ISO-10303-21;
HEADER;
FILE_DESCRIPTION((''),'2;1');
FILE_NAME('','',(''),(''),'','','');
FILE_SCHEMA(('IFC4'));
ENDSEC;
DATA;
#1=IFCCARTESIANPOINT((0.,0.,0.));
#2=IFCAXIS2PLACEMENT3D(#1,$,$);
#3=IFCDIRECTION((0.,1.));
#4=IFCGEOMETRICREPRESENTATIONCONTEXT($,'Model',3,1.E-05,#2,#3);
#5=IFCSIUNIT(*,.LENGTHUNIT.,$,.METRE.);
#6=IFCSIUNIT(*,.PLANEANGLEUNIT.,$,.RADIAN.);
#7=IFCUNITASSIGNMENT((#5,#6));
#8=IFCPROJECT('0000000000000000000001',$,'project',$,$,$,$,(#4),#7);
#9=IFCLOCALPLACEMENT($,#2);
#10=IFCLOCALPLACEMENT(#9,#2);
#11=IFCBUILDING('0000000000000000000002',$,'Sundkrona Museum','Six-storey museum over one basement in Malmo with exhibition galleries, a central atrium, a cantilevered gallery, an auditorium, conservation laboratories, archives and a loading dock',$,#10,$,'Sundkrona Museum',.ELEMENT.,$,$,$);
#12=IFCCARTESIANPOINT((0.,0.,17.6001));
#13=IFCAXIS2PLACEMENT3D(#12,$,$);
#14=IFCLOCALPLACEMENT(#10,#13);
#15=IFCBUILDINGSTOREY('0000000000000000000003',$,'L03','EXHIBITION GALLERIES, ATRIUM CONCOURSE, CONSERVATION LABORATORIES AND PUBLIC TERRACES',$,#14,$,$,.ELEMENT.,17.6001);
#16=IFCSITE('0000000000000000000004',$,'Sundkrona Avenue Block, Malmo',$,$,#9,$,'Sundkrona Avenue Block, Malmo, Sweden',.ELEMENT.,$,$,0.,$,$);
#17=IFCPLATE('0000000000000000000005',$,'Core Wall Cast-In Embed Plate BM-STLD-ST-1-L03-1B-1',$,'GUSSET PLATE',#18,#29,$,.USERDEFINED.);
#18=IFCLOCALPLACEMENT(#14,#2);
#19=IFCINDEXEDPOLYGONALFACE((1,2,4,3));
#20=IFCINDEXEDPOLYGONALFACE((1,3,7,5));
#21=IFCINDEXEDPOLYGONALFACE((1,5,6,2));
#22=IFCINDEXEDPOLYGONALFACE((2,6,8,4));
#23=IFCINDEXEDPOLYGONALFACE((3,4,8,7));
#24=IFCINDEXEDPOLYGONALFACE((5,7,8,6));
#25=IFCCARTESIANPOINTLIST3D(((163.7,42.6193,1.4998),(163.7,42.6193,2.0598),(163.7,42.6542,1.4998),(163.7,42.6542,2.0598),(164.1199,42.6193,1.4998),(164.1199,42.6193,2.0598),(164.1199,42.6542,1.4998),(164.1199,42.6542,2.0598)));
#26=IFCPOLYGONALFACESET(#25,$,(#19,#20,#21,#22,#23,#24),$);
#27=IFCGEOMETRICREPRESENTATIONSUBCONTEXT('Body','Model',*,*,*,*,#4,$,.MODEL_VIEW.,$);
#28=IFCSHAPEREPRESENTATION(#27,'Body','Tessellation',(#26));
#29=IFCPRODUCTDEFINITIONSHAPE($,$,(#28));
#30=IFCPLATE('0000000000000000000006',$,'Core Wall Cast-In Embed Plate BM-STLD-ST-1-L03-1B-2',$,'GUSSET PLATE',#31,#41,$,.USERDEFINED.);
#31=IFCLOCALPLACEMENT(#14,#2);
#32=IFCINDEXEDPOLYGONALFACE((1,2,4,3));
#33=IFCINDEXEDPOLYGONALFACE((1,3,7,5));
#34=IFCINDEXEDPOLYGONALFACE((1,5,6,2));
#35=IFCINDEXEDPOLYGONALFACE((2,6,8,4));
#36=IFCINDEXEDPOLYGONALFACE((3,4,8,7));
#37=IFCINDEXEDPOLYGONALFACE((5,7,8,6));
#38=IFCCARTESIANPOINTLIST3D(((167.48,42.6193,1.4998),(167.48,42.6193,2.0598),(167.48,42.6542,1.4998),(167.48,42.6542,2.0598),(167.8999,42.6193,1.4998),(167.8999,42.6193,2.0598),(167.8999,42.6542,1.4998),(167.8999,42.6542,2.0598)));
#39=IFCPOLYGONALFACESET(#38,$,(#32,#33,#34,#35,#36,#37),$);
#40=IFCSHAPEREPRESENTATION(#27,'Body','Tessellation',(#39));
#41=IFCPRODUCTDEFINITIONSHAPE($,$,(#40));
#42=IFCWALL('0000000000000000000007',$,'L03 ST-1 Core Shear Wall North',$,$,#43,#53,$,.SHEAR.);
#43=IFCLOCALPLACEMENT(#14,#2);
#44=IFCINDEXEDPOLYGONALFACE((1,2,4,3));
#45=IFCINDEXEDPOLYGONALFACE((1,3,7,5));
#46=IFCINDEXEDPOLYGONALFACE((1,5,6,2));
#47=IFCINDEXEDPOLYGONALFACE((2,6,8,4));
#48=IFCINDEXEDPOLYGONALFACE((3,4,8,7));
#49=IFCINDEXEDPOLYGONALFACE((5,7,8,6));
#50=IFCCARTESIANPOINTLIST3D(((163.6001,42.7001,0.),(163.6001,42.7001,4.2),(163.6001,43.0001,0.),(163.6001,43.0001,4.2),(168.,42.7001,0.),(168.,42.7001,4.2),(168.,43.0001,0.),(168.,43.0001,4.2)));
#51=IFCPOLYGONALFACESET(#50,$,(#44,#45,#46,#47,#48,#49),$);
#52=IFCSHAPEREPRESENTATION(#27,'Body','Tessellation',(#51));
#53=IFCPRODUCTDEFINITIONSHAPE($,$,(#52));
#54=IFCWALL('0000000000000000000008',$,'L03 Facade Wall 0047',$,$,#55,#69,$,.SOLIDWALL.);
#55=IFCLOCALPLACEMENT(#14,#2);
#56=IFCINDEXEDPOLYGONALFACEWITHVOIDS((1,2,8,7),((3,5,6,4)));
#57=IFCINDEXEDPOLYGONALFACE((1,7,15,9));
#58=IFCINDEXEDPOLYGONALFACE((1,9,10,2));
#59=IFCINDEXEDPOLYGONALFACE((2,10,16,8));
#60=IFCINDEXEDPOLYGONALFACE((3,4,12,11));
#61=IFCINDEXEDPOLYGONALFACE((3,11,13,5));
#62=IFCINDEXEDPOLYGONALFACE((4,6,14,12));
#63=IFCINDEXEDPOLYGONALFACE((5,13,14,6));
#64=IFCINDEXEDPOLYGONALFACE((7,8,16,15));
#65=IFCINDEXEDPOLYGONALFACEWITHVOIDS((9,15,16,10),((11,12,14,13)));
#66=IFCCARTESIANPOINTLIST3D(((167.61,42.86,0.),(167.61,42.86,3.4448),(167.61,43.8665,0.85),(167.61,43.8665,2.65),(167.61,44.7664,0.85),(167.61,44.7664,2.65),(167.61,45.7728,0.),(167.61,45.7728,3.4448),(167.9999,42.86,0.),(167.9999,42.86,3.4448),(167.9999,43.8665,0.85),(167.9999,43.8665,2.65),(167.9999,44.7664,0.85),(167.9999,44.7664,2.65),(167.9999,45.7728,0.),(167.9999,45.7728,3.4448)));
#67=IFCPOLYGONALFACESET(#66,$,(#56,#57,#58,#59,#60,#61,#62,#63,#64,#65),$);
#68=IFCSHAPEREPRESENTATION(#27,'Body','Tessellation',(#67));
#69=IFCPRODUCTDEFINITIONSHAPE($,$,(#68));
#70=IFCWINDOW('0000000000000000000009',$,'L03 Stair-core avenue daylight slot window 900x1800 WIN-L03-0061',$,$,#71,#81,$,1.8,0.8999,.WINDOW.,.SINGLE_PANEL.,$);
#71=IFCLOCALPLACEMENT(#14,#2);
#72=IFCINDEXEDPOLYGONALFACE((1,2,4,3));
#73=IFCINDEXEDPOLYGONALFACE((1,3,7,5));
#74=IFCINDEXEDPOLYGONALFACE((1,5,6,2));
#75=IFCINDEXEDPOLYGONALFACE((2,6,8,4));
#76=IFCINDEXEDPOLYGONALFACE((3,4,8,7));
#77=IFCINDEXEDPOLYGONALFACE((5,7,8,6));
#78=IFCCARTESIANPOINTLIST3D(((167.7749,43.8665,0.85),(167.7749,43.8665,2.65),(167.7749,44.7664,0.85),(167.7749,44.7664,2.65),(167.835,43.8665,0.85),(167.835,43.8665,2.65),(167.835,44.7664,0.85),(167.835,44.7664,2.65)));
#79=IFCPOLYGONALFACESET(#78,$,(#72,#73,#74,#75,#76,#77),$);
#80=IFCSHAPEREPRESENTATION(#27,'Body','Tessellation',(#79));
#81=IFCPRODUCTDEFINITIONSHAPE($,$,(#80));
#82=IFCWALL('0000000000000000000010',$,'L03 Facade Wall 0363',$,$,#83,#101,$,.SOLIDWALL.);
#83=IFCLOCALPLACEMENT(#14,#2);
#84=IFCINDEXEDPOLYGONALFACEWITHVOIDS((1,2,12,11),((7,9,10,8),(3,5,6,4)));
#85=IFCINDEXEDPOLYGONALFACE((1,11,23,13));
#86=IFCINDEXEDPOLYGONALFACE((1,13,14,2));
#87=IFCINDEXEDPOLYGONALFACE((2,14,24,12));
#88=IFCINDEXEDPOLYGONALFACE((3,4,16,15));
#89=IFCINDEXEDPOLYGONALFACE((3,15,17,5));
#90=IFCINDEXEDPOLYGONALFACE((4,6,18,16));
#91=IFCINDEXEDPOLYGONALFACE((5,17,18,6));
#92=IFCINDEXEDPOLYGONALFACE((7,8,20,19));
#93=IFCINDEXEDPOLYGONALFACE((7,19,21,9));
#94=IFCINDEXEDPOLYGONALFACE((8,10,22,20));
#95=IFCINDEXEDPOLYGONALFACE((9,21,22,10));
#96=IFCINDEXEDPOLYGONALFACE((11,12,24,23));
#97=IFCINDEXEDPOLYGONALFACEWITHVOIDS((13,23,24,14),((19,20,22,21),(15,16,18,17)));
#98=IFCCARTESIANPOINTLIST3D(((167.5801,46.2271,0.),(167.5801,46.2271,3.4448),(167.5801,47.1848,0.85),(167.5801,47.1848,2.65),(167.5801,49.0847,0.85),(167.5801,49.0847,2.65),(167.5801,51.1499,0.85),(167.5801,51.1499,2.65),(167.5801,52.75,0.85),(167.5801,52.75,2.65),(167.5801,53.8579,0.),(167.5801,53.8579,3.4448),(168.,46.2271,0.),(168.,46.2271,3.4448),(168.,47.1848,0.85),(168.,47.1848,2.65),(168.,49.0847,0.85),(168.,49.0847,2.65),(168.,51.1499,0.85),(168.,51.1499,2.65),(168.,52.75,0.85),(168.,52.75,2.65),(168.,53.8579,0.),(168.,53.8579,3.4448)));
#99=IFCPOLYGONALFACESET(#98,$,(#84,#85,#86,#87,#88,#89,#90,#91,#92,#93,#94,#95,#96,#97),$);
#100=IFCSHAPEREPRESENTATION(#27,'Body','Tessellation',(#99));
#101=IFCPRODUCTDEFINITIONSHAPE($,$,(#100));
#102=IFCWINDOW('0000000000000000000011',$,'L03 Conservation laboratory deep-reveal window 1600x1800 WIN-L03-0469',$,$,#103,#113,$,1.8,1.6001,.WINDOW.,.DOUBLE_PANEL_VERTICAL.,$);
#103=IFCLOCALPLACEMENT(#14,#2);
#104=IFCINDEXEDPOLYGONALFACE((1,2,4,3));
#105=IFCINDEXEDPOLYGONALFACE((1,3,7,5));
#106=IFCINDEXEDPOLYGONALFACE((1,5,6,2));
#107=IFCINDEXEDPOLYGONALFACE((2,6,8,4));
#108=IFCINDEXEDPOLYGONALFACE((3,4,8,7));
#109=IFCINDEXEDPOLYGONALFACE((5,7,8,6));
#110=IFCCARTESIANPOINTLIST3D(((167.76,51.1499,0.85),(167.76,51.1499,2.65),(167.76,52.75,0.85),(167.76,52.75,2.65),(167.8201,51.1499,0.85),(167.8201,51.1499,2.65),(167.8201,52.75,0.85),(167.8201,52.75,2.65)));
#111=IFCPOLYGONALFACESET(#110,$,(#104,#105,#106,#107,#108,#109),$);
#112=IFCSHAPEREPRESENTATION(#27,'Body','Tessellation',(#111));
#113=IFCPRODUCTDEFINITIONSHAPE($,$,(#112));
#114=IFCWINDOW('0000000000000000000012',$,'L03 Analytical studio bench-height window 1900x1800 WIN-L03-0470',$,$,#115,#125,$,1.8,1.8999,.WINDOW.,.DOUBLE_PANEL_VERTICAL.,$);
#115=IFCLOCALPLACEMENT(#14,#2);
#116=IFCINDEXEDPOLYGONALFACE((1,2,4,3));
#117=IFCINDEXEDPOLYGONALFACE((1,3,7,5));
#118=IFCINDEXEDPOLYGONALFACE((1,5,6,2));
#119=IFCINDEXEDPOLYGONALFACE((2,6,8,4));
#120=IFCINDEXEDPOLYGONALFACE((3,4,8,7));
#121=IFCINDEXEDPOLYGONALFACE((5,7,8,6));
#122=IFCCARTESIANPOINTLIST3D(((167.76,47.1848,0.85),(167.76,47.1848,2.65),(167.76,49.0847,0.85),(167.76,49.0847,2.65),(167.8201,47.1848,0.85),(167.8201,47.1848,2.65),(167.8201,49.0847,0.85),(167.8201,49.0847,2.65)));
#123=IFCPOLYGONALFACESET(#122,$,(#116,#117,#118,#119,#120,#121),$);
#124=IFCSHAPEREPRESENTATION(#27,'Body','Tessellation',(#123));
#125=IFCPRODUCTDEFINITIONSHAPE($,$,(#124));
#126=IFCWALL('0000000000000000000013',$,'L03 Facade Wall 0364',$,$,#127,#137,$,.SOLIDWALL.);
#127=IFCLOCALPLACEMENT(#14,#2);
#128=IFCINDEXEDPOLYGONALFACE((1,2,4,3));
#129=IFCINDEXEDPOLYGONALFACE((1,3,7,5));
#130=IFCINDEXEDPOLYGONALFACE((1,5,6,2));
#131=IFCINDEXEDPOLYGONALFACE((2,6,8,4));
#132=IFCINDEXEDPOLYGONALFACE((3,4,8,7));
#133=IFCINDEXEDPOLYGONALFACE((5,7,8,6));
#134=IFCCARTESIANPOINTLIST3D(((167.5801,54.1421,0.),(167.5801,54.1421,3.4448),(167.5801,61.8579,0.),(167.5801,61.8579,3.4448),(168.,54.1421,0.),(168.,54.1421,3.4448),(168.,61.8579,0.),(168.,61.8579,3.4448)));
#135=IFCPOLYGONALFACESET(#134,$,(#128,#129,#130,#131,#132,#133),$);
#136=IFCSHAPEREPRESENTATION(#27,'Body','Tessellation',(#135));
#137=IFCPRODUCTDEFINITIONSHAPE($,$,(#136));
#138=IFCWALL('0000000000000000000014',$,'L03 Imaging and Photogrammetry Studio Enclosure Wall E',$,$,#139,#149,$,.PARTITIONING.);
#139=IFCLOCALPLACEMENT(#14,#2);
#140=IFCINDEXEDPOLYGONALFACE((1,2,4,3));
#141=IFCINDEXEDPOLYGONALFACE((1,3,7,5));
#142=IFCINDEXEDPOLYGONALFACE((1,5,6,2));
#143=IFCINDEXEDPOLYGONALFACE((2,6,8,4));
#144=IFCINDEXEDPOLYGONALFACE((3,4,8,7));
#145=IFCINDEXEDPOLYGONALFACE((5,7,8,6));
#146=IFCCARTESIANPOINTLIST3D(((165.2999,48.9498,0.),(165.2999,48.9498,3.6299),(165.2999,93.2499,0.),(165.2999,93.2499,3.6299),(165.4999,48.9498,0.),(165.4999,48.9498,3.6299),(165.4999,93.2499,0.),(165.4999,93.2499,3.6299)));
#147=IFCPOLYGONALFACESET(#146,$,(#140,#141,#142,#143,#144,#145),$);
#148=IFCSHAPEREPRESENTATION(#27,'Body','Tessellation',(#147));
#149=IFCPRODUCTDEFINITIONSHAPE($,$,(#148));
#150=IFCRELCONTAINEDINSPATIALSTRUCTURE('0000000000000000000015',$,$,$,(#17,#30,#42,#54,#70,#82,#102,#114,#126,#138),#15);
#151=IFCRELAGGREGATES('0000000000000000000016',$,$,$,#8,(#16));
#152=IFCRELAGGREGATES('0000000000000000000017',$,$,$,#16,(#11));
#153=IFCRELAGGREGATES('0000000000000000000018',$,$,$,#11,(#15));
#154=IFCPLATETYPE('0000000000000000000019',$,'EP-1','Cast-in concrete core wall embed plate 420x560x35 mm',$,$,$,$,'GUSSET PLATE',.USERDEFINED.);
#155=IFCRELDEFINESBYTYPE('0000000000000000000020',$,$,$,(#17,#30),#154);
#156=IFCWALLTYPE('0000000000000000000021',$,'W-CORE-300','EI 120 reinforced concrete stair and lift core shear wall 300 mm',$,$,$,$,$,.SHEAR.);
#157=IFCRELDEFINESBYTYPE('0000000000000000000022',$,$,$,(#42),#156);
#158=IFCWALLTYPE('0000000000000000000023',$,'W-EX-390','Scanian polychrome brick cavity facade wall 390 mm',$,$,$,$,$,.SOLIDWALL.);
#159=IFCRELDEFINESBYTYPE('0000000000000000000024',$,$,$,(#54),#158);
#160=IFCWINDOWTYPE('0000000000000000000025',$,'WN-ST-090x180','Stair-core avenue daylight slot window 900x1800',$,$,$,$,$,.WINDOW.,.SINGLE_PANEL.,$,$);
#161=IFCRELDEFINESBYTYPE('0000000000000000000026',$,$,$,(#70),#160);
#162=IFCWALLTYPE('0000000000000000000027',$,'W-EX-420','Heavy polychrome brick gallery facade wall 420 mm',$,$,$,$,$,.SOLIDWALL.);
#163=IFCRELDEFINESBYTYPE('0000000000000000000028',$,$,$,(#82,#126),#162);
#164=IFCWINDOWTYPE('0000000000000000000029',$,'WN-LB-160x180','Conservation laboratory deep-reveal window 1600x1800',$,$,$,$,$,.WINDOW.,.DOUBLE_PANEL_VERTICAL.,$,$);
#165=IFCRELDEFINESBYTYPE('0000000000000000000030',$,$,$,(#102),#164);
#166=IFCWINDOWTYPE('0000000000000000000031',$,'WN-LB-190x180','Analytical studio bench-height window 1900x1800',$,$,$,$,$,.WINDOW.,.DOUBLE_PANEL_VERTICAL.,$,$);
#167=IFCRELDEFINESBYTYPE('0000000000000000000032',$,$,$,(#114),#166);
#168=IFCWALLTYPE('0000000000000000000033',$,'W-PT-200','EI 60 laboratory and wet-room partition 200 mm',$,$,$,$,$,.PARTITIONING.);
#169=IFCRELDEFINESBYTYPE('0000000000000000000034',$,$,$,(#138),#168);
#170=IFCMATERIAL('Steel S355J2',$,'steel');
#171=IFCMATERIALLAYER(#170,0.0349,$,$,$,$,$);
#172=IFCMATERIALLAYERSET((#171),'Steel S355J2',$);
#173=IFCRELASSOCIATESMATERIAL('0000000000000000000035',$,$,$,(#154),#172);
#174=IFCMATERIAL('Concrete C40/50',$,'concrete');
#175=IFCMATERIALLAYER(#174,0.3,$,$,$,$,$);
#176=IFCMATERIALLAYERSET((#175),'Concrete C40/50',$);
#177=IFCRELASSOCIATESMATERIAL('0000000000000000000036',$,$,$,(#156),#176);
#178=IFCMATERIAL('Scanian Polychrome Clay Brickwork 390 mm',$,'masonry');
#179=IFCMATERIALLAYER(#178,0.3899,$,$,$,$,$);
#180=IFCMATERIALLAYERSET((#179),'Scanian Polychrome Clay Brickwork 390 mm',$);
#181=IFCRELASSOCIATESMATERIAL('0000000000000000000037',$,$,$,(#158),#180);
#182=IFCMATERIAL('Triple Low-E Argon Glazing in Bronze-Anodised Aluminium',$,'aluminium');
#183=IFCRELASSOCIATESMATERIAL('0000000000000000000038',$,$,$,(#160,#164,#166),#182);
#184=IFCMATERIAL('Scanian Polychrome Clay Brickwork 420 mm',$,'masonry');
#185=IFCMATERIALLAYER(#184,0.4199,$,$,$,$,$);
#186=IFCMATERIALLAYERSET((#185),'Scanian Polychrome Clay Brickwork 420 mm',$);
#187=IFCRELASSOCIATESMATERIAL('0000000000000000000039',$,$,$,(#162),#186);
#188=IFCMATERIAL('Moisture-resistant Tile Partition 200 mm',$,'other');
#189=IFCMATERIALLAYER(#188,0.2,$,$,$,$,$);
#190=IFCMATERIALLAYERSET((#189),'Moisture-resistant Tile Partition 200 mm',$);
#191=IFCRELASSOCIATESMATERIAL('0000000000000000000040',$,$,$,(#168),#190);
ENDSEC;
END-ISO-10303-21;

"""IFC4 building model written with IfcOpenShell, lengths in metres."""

from ifc_helpers import new_model, si_unit, direction, frame, frame_2d, origin, origin_2d, place, context, subcontext, project, spatial, rectangle, extrude, material, layer, layer_set, type_object, element, fill, save


model = new_model("IFC4")

# Units and contexts
model_context = context("Model", 3, precision=1e-05, world=origin(), true_north=direction((0.0, 1.0)))
body_context = subcontext(model_context, "Body", "Model", "MODEL_VIEW")
ifc_project = project(units=[si_unit("LENGTHUNIT", "METRE"), si_unit("PLANEANGLEUNIT", "RADIAN")], contexts=[model_context])

# Site, building, storey
site_placement = place(None, origin())
site = spatial("IfcSite", under=ifc_project, at=site_placement, Name="Sundkrona Avenue Block, Malmo", LongName="Sundkrona Avenue Block, Malmo, Sweden", CompositionType="ELEMENT", RefElevation=0.0)
building_placement = place(site_placement, origin())
building = spatial("IfcBuilding", under=site, at=building_placement, Name="Sundkrona Museum", Description="Six-storey museum over one basement in Malmo with exhibition galleries, a central atrium, a cantilevered gallery, an auditorium, conservation laboratories, archives and a loading dock", LongName="Sundkrona Museum", CompositionType="ELEMENT")
storey_placement = place(building_placement, frame((0.0, 0.0, 17.6001)))
storey = spatial("IfcBuildingStorey", under=building, at=storey_placement, Name="L03", Description="EXHIBITION GALLERIES, ATRIUM CONCOURSE, CONSERVATION LABORATORIES AND PUBLIC TERRACES", CompositionType="ELEMENT", Elevation=17.6001)

# Shared definitions
ifc_material_1 = material(Name="Steel S355J2", Category="steel")

# Plates
ifc_layer_1 = layer(ifc_material_1, 0.0349)
ifc_layer_set_1 = layer_set([ifc_layer_1], Name="Steel S355J2")
plate_type = type_object("IfcPlateType", Name="EP-1", Description="Cast-in concrete core wall embed plate 420x560x35 mm", ElementType="GUSSET PLATE", PredefinedType="USERDEFINED", material=ifc_layer_set_1)
for number, where, z_axis, x_axis, name in (
    (1, (163.9099, 42.6367, 1.4998), (0.0, 0.0, 1.0), (1.0, 0.0, 0.0), "Core Wall Cast-In Embed Plate BM-STLD-ST-1-L03-1B-1"),
    (2, (167.6899, 42.6367, 1.4998), (0.0, 0.0, 1.0), (1.0, 0.0, 0.0), "Core Wall Cast-In Embed Plate BM-STLD-ST-1-L03-1B-2"),
):
    element("IfcPlate", number, at=place(storey_placement, frame(where, z_axis=z_axis, x_axis=x_axis)), inside=storey, type_object=plate_type, Name=name, ObjectType="GUSSET PLATE", PredefinedType="USERDEFINED", context=body_context, shape_type="SweptSolid", body=[
        extrude(rectangle(XDim=0.4199, YDim=0.0349, at=origin_2d()), origin(), (0.0, 0.0, 1.0), 0.5601),
    ])

# Wall
ifc_material_2 = material(Name="Concrete C40/50", Category="concrete")
ifc_layer_2 = layer(ifc_material_2, 0.3)
ifc_layer_set_2 = layer_set([ifc_layer_2], Name="Concrete C40/50")
wall_type_1 = type_object("IfcWallType", Name="W-CORE-300", Description="EI 120 reinforced concrete stair and lift core shear wall 300 mm", PredefinedType="SHEAR", material=ifc_layer_set_2)
wall_1_placement = place(storey_placement, frame((163.6001, 42.8501, 0.0), z_axis=(0.0, 0.0, 1.0), x_axis=(1.0, 0.0, 0.0)))
element("IfcWall", 3, at=wall_1_placement, inside=storey, type_object=wall_type_1, Name="L03 ST-1 Core Shear Wall North", PredefinedType="SHEAR", context=body_context, shape_type="SweptSolid", body=[
    extrude(rectangle(XDim=4.3999, YDim=0.3, at=frame_2d((2.2, 0.0))), origin(), (0.0, 0.0, 1.0), 4.2),
])

# Wall, opening, window
ifc_material_3 = material(Name="Scanian Polychrome Clay Brickwork 390 mm", Category="masonry")
ifc_layer_3 = layer(ifc_material_3, 0.3899)
ifc_layer_set_3 = layer_set([ifc_layer_3], Name="Scanian Polychrome Clay Brickwork 390 mm")
wall_type_2 = type_object("IfcWallType", Name="W-EX-390", Description="Scanian polychrome brick cavity facade wall 390 mm", PredefinedType="SOLIDWALL", material=ifc_layer_set_3)
wall_2_placement = place(storey_placement, frame((167.8049, 45.7729, 0.0), z_axis=(0.0, 0.0, 1.0), x_axis=(0.0, -1.0, 0.0)))
wall_2 = element("IfcWall", 4, at=wall_2_placement, inside=storey, type_object=wall_type_2, Name="L03 Facade Wall 0047", PredefinedType="SOLIDWALL", context=body_context, shape_type="SweptSolid", body=[
    extrude(rectangle(XDim=2.9128, YDim=0.3899, at=frame_2d((1.4565, 0.0))), origin(), (0.0, 0.0, 1.0), 3.4448),
])
opening_1_placement = place(wall_2_placement, frame((1.0066, 0.0, 0.8501)))
opening_1 = element("IfcOpeningElement", 5, at=opening_1_placement, cuts=wall_2, PredefinedType="OPENING", context=body_context, shape_type="SweptSolid", body=[
    extrude(rectangle(XDim=0.8999, YDim=1.8, at=frame_2d((0.45, 0.8999))), frame((0.0, 0.2048, 0.0), z_axis=(0.0, -1.0, 0.0), x_axis=(1.0, 0.0, 0.0)), (0.0, 0.0, 1.0), 0.4099),
])
ifc_material_4 = material(Name="Triple Low-E Argon Glazing in Bronze-Anodised Aluminium", Category="aluminium")
window_type_1 = type_object("IfcWindowType", Name="WN-ST-090x180", Description="Stair-core avenue daylight slot window 900x1800", PartitioningType="SINGLE_PANEL", PredefinedType="WINDOW", material=ifc_material_4)
window_1_placement = place(opening_1_placement, origin())
window_1 = element("IfcWindow", 6, at=window_1_placement, inside=storey, type_object=window_type_1, Name="L03 Stair-core avenue daylight slot window 900x1800 WIN-L03-0061", OverallHeight=1.8, OverallWidth=0.8999, PartitioningType="SINGLE_PANEL", PredefinedType="WINDOW", context=body_context, shape_type="SweptSolid", body=[
    extrude(rectangle(XDim=0.8999, YDim=1.8, at=frame_2d((0.45, 0.8999))), frame((0.0, 0.03, 0.0), z_axis=(0.0, -1.0, 0.0), x_axis=(1.0, 0.0, 0.0)), (0.0, 0.0, 1.0), 0.0601),
])
fill(opening_1, window_1)

# Wall, openings, windows
ifc_material_5 = material(Name="Scanian Polychrome Clay Brickwork 420 mm", Category="masonry")
ifc_layer_4 = layer(ifc_material_5, 0.4199)
ifc_layer_set_4 = layer_set([ifc_layer_4], Name="Scanian Polychrome Clay Brickwork 420 mm")
wall_type_3 = type_object("IfcWallType", Name="W-EX-420", Description="Heavy polychrome brick gallery facade wall 420 mm", PredefinedType="SOLIDWALL", material=ifc_layer_set_4)
wall_3_placement = place(storey_placement, frame((167.79, 53.8579, 0.0), z_axis=(0.0, 0.0, 1.0), x_axis=(0.0, -1.0, 0.0)))
wall_3 = element("IfcWall", 7, at=wall_3_placement, inside=storey, type_object=wall_type_3, Name="L03 Facade Wall 0363", PredefinedType="SOLIDWALL", context=body_context, shape_type="SweptSolid", body=[
    extrude(rectangle(XDim=7.6309, YDim=0.4199, at=frame_2d((3.8154, 0.0))), origin(), (0.0, 0.0, 1.0), 3.4448),
])
opening_2_placement = place(wall_3_placement, frame((1.1079, 0.0, 0.8501)))
opening_2 = element("IfcOpeningElement", 8, at=opening_2_placement, cuts=wall_3, PredefinedType="OPENING", context=body_context, shape_type="SweptSolid", body=[
    extrude(rectangle(XDim=1.6001, YDim=1.8, at=frame_2d((0.8, 0.8999))), frame((0.0, 0.22, 0.0), z_axis=(0.0, -1.0, 0.0), x_axis=(1.0, 0.0, 0.0)), (0.0, 0.0, 1.0), 0.4399),
])
opening_3_placement = place(wall_3_placement, frame((4.7732, 0.0, 0.8501)))
opening_3 = element("IfcOpeningElement", 9, at=opening_3_placement, cuts=wall_3, PredefinedType="OPENING", context=body_context, shape_type="SweptSolid", body=[
    extrude(rectangle(XDim=1.8999, YDim=1.8, at=frame_2d((0.95, 0.8999))), frame((0.0, 0.22, 0.0), z_axis=(0.0, -1.0, 0.0), x_axis=(1.0, 0.0, 0.0)), (0.0, 0.0, 1.0), 0.4399),
])
window_type_2 = type_object("IfcWindowType", Name="WN-LB-160x180", Description="Conservation laboratory deep-reveal window 1600x1800", PartitioningType="DOUBLE_PANEL_VERTICAL", PredefinedType="WINDOW", material=ifc_material_4)
window_2_placement = place(opening_2_placement, origin())
window_2 = element("IfcWindow", 10, at=window_2_placement, inside=storey, type_object=window_type_2, Name="L03 Conservation laboratory deep-reveal window 1600x1800 WIN-L03-0469", OverallHeight=1.8, OverallWidth=1.6001, PartitioningType="DOUBLE_PANEL_VERTICAL", PredefinedType="WINDOW", context=body_context, shape_type="SweptSolid", body=[
    extrude(rectangle(XDim=1.6001, YDim=1.8, at=frame_2d((0.8, 0.8999))), frame((0.0, 0.03, 0.0), z_axis=(0.0, -1.0, 0.0), x_axis=(1.0, 0.0, 0.0)), (0.0, 0.0, 1.0), 0.0601),
])
fill(opening_2, window_2)
window_type_3 = type_object("IfcWindowType", Name="WN-LB-190x180", Description="Analytical studio bench-height window 1900x1800", PartitioningType="DOUBLE_PANEL_VERTICAL", PredefinedType="WINDOW", material=ifc_material_4)
window_3_placement = place(opening_3_placement, origin())
window_3 = element("IfcWindow", 11, at=window_3_placement, inside=storey, type_object=window_type_3, Name="L03 Analytical studio bench-height window 1900x1800 WIN-L03-0470", OverallHeight=1.8, OverallWidth=1.8999, PartitioningType="DOUBLE_PANEL_VERTICAL", PredefinedType="WINDOW", context=body_context, shape_type="SweptSolid", body=[
    extrude(rectangle(XDim=1.8999, YDim=1.8, at=frame_2d((0.95, 0.8999))), frame((0.0, 0.03, 0.0), z_axis=(0.0, -1.0, 0.0), x_axis=(1.0, 0.0, 0.0)), (0.0, 0.0, 1.0), 0.0601),
])
fill(opening_3, window_3)

# Walls
wall_4_placement = place(storey_placement, frame((167.79, 61.8579, 0.0), z_axis=(0.0, 0.0, 1.0), x_axis=(0.0, -1.0, 0.0)))
element("IfcWall", 12, at=wall_4_placement, inside=storey, type_object=wall_type_3, Name="L03 Facade Wall 0364", PredefinedType="SOLIDWALL", context=body_context, shape_type="SweptSolid", body=[
    extrude(rectangle(XDim=7.7158, YDim=0.4199, at=frame_2d((3.8579, 0.0))), origin(), (0.0, 0.0, 1.0), 3.4448),
])
ifc_material_6 = material(Name="Moisture-resistant Tile Partition 200 mm", Category="other")
ifc_layer_5 = layer(ifc_material_6, 0.2)
ifc_layer_set_5 = layer_set([ifc_layer_5], Name="Moisture-resistant Tile Partition 200 mm")
wall_type_4 = type_object("IfcWallType", Name="W-PT-200", Description="EI 60 laboratory and wet-room partition 200 mm", PredefinedType="PARTITIONING", material=ifc_layer_set_5)
wall_5_placement = place(storey_placement, frame((165.3999, 48.95, 0.0), z_axis=(0.0, 0.0, 1.0), x_axis=(0.0, 1.0, 0.0)))
element("IfcWall", 13, at=wall_5_placement, inside=storey, type_object=wall_type_4, Name="L03 Imaging and Photogrammetry Studio Enclosure Wall E", PredefinedType="PARTITIONING", context=body_context, shape_type="SweptSolid", body=[
    extrude(rectangle(XDim=44.3, YDim=0.2, at=frame_2d((22.1499, 0.0))), origin(), (0.0, 0.0, 1.0), 3.6299),
])

save(model, "model.ifc")
